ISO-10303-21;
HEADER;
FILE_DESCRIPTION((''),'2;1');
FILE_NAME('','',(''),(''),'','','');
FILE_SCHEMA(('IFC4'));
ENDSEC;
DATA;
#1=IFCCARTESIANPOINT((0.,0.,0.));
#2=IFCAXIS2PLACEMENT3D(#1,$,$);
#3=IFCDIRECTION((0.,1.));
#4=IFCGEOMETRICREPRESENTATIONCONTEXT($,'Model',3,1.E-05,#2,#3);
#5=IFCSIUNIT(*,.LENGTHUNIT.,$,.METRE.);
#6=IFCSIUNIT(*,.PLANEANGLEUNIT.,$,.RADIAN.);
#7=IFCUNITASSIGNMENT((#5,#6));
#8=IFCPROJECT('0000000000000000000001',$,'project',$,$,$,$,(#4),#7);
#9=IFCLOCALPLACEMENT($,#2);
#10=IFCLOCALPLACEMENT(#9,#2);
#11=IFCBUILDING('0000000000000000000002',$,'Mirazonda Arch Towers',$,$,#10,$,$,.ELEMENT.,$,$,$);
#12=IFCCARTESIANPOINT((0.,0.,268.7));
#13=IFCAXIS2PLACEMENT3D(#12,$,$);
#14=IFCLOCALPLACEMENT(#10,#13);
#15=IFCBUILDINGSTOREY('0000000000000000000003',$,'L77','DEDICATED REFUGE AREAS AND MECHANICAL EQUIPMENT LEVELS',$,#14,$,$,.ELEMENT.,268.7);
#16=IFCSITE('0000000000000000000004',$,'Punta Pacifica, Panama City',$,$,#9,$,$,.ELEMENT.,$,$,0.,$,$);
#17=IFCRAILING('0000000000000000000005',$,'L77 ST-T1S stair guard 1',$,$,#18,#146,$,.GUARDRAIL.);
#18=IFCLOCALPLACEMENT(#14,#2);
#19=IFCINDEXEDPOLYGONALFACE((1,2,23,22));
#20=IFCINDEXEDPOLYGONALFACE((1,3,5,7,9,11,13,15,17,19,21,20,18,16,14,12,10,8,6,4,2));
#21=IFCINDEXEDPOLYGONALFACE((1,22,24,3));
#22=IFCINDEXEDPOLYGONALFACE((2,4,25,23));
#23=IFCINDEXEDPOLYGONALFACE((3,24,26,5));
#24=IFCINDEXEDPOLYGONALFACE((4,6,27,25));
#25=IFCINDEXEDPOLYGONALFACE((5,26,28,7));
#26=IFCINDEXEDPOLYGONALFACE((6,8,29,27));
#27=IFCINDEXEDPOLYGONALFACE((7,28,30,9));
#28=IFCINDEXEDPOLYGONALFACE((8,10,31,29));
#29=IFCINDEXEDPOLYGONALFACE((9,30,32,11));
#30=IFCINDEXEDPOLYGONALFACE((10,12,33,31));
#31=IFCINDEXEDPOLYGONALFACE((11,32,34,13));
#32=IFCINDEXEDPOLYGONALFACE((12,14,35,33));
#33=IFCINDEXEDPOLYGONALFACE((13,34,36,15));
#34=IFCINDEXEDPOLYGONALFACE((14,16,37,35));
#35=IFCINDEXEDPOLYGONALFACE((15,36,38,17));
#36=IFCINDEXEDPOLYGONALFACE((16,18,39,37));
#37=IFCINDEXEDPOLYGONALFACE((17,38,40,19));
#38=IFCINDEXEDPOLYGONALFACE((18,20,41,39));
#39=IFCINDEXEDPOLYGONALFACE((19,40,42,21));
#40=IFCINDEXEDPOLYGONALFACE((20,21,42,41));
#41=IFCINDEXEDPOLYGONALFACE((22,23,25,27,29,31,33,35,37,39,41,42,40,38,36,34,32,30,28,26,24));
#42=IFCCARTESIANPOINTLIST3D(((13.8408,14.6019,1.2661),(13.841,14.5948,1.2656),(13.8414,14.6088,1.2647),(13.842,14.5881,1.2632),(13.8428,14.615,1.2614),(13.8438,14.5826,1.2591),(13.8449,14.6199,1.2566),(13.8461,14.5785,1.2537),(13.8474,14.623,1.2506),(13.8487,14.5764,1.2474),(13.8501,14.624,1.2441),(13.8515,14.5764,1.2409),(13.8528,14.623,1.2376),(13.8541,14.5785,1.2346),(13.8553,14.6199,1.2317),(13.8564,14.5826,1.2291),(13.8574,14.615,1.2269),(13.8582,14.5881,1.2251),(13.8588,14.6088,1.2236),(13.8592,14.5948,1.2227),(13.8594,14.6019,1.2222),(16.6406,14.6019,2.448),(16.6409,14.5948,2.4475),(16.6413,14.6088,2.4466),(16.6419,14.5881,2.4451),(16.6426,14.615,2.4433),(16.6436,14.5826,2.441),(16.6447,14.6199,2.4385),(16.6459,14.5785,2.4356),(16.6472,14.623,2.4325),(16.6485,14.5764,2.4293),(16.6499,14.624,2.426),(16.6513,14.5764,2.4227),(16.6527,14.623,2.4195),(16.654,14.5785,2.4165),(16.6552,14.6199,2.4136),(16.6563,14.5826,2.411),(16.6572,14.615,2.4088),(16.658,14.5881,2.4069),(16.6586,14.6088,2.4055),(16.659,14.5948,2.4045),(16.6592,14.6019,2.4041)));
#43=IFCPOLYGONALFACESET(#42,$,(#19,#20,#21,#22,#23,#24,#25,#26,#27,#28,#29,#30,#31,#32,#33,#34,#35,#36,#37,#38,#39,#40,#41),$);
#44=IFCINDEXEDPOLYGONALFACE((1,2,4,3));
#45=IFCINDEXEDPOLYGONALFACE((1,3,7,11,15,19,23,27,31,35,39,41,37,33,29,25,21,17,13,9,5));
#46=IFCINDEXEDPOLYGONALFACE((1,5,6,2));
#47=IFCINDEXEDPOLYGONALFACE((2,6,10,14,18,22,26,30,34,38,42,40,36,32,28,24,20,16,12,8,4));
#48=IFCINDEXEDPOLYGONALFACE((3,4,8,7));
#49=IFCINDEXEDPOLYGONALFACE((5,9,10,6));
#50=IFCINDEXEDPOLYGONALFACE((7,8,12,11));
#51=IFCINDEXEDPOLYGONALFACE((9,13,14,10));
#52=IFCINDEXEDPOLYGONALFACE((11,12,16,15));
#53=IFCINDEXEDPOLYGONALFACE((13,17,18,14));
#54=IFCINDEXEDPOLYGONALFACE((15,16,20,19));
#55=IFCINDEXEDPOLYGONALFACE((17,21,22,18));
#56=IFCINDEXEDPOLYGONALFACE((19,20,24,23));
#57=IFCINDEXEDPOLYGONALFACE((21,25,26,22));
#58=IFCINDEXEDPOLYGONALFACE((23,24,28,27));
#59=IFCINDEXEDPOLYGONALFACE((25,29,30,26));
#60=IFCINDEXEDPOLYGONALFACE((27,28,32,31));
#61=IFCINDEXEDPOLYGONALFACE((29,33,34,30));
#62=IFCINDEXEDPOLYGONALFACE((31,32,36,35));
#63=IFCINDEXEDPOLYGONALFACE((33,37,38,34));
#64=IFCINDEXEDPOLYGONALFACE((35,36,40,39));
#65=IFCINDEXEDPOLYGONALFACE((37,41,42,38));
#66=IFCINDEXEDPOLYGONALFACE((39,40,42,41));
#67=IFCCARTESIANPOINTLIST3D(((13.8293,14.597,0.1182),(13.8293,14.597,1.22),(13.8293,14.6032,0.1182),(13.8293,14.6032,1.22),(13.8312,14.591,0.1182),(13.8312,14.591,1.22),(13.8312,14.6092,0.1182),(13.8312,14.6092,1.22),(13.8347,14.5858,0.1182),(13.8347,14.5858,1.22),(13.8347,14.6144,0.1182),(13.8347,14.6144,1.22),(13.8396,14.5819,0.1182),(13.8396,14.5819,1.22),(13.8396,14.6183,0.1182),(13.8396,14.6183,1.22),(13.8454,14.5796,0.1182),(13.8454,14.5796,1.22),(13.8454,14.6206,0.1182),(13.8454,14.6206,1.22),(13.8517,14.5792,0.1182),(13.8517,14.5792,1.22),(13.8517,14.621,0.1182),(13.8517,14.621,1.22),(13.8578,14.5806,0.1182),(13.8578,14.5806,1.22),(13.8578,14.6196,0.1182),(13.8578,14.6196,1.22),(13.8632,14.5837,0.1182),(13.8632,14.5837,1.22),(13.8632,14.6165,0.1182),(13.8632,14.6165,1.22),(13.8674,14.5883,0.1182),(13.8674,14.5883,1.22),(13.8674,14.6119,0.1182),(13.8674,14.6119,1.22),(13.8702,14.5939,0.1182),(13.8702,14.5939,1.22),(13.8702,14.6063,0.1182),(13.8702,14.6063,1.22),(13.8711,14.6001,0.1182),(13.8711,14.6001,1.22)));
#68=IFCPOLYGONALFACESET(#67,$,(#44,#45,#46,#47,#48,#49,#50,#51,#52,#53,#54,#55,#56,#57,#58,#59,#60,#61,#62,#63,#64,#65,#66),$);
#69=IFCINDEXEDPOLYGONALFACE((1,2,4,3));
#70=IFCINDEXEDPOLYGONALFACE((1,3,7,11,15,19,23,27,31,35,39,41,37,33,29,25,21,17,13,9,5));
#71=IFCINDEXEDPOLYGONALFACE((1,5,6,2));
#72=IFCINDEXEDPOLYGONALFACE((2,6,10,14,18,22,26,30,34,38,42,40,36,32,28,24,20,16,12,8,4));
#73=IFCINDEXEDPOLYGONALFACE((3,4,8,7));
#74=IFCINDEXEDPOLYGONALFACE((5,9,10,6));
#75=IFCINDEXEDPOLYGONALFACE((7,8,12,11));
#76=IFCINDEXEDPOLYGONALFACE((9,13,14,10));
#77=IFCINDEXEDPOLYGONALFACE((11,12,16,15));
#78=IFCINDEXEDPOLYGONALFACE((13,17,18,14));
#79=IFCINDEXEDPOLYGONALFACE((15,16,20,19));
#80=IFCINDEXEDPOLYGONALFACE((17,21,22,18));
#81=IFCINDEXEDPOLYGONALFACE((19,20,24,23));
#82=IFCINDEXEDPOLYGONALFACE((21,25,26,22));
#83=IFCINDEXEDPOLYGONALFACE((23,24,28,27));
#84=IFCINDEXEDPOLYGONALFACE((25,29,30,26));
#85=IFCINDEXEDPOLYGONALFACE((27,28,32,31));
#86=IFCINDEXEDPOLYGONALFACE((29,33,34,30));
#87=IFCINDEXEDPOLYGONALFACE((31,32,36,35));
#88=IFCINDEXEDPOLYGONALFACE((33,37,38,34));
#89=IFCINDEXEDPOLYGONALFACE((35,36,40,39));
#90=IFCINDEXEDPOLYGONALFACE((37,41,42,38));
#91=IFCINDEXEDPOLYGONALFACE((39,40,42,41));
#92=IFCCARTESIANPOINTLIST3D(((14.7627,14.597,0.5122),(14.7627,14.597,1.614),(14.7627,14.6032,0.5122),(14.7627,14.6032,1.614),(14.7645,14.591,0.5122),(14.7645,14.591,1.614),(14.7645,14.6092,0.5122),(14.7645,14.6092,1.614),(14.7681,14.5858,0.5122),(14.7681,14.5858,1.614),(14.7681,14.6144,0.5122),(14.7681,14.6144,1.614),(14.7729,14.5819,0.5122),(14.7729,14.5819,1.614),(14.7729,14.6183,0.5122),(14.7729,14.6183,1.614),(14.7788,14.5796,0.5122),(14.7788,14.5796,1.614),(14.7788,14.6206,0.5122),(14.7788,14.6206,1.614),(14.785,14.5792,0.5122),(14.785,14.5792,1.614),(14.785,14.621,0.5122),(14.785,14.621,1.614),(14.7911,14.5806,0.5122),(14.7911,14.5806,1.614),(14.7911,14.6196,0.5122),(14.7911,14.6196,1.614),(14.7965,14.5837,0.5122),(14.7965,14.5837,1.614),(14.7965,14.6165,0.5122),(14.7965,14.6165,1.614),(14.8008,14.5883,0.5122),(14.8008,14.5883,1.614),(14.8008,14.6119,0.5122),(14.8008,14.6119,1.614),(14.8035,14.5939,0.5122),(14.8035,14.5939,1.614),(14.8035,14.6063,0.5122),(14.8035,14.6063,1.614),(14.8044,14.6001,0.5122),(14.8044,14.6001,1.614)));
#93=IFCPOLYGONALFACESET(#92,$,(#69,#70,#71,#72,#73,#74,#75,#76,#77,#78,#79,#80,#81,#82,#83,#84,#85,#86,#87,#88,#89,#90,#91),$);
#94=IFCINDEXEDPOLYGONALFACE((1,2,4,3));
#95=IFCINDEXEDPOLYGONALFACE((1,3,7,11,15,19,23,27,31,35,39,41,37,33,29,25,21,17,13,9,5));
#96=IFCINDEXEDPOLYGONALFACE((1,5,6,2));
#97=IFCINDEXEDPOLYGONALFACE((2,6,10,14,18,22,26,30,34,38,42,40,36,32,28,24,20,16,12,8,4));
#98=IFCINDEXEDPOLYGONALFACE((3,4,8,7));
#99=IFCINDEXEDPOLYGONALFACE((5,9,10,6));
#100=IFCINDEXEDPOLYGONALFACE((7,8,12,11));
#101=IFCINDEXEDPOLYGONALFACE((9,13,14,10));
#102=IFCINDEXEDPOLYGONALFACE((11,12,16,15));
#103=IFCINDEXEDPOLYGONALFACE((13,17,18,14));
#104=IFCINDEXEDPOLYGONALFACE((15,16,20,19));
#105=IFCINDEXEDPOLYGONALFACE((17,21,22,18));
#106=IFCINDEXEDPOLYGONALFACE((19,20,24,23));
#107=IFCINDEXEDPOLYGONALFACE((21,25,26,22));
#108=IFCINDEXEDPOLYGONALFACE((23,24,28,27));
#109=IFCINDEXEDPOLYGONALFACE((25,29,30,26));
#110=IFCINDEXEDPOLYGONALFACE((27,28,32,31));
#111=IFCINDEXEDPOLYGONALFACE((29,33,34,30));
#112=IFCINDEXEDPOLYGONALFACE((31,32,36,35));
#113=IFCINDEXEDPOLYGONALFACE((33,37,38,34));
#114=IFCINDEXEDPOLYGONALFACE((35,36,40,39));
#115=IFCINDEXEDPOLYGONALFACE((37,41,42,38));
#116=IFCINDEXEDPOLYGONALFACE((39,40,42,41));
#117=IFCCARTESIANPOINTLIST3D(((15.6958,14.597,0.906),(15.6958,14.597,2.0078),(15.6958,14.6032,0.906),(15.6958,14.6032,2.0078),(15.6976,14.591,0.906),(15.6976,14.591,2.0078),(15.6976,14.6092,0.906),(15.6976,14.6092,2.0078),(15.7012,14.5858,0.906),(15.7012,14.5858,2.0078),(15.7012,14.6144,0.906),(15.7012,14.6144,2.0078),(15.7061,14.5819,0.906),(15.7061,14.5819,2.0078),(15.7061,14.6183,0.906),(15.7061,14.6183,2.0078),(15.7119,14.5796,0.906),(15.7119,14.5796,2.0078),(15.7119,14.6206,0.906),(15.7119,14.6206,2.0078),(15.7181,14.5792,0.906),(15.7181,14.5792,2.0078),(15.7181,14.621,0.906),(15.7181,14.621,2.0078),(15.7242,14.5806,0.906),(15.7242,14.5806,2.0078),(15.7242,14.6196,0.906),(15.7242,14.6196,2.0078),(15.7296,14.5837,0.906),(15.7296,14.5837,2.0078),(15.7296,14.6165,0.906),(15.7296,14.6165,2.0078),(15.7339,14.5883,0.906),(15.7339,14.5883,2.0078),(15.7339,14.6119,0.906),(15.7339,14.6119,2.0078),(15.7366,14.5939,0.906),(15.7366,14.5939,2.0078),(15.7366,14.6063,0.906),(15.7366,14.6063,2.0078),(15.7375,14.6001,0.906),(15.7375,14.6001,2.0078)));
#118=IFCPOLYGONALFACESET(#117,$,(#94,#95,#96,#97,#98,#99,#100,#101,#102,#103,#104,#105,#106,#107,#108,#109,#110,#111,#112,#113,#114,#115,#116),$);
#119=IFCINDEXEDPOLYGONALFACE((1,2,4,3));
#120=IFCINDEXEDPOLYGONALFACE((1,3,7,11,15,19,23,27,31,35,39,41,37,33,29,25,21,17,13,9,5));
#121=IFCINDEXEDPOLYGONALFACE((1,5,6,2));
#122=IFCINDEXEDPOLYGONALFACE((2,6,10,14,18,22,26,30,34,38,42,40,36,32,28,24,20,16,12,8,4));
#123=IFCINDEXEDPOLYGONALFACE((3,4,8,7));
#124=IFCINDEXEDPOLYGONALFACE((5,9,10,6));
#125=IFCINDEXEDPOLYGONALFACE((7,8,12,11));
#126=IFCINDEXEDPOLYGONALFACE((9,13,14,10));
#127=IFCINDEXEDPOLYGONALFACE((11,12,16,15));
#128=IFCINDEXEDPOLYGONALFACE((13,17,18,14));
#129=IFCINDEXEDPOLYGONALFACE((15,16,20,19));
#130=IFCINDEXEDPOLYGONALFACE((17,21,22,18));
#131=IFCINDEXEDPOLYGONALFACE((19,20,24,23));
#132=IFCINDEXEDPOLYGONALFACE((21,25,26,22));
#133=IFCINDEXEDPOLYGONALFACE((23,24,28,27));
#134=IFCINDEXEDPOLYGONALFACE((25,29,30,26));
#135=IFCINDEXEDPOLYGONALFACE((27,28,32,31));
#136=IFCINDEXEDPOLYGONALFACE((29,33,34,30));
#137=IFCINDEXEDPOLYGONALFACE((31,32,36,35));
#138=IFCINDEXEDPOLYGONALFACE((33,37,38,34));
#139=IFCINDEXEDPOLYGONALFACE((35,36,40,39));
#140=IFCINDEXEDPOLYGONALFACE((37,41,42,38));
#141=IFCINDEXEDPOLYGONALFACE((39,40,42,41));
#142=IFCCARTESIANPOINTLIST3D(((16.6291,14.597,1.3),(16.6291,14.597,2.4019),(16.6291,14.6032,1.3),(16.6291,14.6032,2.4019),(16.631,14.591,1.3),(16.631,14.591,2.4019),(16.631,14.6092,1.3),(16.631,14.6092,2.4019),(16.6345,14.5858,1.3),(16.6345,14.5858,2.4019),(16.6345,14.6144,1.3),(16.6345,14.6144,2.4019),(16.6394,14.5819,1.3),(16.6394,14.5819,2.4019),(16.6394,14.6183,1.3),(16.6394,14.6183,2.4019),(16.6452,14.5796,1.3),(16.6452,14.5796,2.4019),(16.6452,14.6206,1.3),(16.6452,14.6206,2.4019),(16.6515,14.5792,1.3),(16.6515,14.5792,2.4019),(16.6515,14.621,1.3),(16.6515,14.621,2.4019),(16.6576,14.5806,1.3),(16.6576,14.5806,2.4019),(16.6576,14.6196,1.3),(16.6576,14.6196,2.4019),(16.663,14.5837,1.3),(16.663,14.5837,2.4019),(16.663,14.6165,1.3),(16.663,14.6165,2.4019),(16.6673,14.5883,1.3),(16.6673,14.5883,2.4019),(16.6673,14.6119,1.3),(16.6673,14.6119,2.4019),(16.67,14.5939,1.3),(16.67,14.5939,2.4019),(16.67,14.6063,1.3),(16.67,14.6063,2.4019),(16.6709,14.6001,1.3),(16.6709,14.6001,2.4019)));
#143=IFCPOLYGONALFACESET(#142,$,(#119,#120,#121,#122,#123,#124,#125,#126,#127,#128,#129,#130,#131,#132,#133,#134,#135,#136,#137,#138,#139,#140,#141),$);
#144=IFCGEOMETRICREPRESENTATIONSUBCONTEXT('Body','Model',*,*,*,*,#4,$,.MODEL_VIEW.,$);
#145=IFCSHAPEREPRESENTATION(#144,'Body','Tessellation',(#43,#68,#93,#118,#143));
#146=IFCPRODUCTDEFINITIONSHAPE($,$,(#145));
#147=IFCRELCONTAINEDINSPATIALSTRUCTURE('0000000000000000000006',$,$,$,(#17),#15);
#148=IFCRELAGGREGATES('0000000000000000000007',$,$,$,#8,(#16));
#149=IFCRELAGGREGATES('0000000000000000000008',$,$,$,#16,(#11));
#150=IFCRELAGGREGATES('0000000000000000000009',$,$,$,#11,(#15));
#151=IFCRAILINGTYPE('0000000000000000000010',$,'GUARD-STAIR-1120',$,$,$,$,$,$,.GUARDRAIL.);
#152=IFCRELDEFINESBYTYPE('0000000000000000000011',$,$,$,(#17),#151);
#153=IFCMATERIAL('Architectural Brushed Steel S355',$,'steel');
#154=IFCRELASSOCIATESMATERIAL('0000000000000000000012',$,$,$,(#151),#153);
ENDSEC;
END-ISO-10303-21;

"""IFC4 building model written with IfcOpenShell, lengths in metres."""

from ifc_helpers import new_model, si_unit, direction, frame, origin, origin_2d, place, context, subcontext, project, spatial, circle, extrude, material, type_object, element, save


model = new_model("IFC4")

# Units and contexts
model_context = context("Model", 3, precision=1e-05, world=origin(), true_north=direction((0.0, 1.0)))
body_context = subcontext(model_context, "Body", "Model", "MODEL_VIEW")
ifc_project = project(units=[si_unit("LENGTHUNIT", "METRE"), si_unit("PLANEANGLEUNIT", "RADIAN")], contexts=[model_context])

# Site, building, storey
site_placement = place(None, origin())
site = spatial("IfcSite", under=ifc_project, at=site_placement, Name="Punta Pacifica, Panama City", CompositionType="ELEMENT", RefElevation=0.0)
building_placement = place(site_placement, origin())
building = spatial("IfcBuilding", under=site, at=building_placement, Name="Mirazonda Arch Towers", CompositionType="ELEMENT")
storey_placement = place(building_placement, frame((0.0, 0.0, 268.7)))
storey = spatial("IfcBuildingStorey", under=building, at=storey_placement, Name="L77", Description="DEDICATED REFUGE AREAS AND MECHANICAL EQUIPMENT LEVELS", CompositionType="ELEMENT", Elevation=268.7)

# Shared definitions
ifc_material_1 = material(Name="Architectural Brushed Steel S355", Category="steel")

# Railing
railing_type_1 = type_object("IfcRailingType", Name="GUARD-STAIR-1120", PredefinedType="GUARDRAIL", material=ifc_material_1)
railing_1_placement = place(storey_placement, frame((13.8501, 14.6001, 0.1182)))
element("IfcRailing", 1, at=railing_1_placement, inside=storey, type_object=railing_type_1, Name="L77 ST-T1S stair guard 1", PredefinedType="GUARDRAIL", context=body_context, shape_type="SweptSolid", body=[
    extrude(circle(Radius=0.0239, at=origin_2d()), frame((0.0, 0.0, 1.126), z_axis=(0.92128, 0.0, 0.388901), x_axis=(0.0, 1.0, 0.0)), (0.0, 0.0, 1.0), 3.0391),
    extrude(circle(Radius=0.021, at=origin_2d()), origin(), (0.0, 0.0, 1.0), 1.1018),
    extrude(circle(Radius=0.021, at=origin_2d()), frame((0.9333, 0.0, 0.394)), (0.0, 0.0, 1.0), 1.1018),
    extrude(circle(Radius=0.021, at=origin_2d()), frame((1.8665, 0.0, 0.7878)), (0.0, 0.0, 1.0), 1.1018),
    extrude(circle(Radius=0.021, at=origin_2d()), frame((2.7998, 0.0, 1.1819)), (0.0, 0.0, 1.0), 1.1018),
])

save(model, "model.ifc")
